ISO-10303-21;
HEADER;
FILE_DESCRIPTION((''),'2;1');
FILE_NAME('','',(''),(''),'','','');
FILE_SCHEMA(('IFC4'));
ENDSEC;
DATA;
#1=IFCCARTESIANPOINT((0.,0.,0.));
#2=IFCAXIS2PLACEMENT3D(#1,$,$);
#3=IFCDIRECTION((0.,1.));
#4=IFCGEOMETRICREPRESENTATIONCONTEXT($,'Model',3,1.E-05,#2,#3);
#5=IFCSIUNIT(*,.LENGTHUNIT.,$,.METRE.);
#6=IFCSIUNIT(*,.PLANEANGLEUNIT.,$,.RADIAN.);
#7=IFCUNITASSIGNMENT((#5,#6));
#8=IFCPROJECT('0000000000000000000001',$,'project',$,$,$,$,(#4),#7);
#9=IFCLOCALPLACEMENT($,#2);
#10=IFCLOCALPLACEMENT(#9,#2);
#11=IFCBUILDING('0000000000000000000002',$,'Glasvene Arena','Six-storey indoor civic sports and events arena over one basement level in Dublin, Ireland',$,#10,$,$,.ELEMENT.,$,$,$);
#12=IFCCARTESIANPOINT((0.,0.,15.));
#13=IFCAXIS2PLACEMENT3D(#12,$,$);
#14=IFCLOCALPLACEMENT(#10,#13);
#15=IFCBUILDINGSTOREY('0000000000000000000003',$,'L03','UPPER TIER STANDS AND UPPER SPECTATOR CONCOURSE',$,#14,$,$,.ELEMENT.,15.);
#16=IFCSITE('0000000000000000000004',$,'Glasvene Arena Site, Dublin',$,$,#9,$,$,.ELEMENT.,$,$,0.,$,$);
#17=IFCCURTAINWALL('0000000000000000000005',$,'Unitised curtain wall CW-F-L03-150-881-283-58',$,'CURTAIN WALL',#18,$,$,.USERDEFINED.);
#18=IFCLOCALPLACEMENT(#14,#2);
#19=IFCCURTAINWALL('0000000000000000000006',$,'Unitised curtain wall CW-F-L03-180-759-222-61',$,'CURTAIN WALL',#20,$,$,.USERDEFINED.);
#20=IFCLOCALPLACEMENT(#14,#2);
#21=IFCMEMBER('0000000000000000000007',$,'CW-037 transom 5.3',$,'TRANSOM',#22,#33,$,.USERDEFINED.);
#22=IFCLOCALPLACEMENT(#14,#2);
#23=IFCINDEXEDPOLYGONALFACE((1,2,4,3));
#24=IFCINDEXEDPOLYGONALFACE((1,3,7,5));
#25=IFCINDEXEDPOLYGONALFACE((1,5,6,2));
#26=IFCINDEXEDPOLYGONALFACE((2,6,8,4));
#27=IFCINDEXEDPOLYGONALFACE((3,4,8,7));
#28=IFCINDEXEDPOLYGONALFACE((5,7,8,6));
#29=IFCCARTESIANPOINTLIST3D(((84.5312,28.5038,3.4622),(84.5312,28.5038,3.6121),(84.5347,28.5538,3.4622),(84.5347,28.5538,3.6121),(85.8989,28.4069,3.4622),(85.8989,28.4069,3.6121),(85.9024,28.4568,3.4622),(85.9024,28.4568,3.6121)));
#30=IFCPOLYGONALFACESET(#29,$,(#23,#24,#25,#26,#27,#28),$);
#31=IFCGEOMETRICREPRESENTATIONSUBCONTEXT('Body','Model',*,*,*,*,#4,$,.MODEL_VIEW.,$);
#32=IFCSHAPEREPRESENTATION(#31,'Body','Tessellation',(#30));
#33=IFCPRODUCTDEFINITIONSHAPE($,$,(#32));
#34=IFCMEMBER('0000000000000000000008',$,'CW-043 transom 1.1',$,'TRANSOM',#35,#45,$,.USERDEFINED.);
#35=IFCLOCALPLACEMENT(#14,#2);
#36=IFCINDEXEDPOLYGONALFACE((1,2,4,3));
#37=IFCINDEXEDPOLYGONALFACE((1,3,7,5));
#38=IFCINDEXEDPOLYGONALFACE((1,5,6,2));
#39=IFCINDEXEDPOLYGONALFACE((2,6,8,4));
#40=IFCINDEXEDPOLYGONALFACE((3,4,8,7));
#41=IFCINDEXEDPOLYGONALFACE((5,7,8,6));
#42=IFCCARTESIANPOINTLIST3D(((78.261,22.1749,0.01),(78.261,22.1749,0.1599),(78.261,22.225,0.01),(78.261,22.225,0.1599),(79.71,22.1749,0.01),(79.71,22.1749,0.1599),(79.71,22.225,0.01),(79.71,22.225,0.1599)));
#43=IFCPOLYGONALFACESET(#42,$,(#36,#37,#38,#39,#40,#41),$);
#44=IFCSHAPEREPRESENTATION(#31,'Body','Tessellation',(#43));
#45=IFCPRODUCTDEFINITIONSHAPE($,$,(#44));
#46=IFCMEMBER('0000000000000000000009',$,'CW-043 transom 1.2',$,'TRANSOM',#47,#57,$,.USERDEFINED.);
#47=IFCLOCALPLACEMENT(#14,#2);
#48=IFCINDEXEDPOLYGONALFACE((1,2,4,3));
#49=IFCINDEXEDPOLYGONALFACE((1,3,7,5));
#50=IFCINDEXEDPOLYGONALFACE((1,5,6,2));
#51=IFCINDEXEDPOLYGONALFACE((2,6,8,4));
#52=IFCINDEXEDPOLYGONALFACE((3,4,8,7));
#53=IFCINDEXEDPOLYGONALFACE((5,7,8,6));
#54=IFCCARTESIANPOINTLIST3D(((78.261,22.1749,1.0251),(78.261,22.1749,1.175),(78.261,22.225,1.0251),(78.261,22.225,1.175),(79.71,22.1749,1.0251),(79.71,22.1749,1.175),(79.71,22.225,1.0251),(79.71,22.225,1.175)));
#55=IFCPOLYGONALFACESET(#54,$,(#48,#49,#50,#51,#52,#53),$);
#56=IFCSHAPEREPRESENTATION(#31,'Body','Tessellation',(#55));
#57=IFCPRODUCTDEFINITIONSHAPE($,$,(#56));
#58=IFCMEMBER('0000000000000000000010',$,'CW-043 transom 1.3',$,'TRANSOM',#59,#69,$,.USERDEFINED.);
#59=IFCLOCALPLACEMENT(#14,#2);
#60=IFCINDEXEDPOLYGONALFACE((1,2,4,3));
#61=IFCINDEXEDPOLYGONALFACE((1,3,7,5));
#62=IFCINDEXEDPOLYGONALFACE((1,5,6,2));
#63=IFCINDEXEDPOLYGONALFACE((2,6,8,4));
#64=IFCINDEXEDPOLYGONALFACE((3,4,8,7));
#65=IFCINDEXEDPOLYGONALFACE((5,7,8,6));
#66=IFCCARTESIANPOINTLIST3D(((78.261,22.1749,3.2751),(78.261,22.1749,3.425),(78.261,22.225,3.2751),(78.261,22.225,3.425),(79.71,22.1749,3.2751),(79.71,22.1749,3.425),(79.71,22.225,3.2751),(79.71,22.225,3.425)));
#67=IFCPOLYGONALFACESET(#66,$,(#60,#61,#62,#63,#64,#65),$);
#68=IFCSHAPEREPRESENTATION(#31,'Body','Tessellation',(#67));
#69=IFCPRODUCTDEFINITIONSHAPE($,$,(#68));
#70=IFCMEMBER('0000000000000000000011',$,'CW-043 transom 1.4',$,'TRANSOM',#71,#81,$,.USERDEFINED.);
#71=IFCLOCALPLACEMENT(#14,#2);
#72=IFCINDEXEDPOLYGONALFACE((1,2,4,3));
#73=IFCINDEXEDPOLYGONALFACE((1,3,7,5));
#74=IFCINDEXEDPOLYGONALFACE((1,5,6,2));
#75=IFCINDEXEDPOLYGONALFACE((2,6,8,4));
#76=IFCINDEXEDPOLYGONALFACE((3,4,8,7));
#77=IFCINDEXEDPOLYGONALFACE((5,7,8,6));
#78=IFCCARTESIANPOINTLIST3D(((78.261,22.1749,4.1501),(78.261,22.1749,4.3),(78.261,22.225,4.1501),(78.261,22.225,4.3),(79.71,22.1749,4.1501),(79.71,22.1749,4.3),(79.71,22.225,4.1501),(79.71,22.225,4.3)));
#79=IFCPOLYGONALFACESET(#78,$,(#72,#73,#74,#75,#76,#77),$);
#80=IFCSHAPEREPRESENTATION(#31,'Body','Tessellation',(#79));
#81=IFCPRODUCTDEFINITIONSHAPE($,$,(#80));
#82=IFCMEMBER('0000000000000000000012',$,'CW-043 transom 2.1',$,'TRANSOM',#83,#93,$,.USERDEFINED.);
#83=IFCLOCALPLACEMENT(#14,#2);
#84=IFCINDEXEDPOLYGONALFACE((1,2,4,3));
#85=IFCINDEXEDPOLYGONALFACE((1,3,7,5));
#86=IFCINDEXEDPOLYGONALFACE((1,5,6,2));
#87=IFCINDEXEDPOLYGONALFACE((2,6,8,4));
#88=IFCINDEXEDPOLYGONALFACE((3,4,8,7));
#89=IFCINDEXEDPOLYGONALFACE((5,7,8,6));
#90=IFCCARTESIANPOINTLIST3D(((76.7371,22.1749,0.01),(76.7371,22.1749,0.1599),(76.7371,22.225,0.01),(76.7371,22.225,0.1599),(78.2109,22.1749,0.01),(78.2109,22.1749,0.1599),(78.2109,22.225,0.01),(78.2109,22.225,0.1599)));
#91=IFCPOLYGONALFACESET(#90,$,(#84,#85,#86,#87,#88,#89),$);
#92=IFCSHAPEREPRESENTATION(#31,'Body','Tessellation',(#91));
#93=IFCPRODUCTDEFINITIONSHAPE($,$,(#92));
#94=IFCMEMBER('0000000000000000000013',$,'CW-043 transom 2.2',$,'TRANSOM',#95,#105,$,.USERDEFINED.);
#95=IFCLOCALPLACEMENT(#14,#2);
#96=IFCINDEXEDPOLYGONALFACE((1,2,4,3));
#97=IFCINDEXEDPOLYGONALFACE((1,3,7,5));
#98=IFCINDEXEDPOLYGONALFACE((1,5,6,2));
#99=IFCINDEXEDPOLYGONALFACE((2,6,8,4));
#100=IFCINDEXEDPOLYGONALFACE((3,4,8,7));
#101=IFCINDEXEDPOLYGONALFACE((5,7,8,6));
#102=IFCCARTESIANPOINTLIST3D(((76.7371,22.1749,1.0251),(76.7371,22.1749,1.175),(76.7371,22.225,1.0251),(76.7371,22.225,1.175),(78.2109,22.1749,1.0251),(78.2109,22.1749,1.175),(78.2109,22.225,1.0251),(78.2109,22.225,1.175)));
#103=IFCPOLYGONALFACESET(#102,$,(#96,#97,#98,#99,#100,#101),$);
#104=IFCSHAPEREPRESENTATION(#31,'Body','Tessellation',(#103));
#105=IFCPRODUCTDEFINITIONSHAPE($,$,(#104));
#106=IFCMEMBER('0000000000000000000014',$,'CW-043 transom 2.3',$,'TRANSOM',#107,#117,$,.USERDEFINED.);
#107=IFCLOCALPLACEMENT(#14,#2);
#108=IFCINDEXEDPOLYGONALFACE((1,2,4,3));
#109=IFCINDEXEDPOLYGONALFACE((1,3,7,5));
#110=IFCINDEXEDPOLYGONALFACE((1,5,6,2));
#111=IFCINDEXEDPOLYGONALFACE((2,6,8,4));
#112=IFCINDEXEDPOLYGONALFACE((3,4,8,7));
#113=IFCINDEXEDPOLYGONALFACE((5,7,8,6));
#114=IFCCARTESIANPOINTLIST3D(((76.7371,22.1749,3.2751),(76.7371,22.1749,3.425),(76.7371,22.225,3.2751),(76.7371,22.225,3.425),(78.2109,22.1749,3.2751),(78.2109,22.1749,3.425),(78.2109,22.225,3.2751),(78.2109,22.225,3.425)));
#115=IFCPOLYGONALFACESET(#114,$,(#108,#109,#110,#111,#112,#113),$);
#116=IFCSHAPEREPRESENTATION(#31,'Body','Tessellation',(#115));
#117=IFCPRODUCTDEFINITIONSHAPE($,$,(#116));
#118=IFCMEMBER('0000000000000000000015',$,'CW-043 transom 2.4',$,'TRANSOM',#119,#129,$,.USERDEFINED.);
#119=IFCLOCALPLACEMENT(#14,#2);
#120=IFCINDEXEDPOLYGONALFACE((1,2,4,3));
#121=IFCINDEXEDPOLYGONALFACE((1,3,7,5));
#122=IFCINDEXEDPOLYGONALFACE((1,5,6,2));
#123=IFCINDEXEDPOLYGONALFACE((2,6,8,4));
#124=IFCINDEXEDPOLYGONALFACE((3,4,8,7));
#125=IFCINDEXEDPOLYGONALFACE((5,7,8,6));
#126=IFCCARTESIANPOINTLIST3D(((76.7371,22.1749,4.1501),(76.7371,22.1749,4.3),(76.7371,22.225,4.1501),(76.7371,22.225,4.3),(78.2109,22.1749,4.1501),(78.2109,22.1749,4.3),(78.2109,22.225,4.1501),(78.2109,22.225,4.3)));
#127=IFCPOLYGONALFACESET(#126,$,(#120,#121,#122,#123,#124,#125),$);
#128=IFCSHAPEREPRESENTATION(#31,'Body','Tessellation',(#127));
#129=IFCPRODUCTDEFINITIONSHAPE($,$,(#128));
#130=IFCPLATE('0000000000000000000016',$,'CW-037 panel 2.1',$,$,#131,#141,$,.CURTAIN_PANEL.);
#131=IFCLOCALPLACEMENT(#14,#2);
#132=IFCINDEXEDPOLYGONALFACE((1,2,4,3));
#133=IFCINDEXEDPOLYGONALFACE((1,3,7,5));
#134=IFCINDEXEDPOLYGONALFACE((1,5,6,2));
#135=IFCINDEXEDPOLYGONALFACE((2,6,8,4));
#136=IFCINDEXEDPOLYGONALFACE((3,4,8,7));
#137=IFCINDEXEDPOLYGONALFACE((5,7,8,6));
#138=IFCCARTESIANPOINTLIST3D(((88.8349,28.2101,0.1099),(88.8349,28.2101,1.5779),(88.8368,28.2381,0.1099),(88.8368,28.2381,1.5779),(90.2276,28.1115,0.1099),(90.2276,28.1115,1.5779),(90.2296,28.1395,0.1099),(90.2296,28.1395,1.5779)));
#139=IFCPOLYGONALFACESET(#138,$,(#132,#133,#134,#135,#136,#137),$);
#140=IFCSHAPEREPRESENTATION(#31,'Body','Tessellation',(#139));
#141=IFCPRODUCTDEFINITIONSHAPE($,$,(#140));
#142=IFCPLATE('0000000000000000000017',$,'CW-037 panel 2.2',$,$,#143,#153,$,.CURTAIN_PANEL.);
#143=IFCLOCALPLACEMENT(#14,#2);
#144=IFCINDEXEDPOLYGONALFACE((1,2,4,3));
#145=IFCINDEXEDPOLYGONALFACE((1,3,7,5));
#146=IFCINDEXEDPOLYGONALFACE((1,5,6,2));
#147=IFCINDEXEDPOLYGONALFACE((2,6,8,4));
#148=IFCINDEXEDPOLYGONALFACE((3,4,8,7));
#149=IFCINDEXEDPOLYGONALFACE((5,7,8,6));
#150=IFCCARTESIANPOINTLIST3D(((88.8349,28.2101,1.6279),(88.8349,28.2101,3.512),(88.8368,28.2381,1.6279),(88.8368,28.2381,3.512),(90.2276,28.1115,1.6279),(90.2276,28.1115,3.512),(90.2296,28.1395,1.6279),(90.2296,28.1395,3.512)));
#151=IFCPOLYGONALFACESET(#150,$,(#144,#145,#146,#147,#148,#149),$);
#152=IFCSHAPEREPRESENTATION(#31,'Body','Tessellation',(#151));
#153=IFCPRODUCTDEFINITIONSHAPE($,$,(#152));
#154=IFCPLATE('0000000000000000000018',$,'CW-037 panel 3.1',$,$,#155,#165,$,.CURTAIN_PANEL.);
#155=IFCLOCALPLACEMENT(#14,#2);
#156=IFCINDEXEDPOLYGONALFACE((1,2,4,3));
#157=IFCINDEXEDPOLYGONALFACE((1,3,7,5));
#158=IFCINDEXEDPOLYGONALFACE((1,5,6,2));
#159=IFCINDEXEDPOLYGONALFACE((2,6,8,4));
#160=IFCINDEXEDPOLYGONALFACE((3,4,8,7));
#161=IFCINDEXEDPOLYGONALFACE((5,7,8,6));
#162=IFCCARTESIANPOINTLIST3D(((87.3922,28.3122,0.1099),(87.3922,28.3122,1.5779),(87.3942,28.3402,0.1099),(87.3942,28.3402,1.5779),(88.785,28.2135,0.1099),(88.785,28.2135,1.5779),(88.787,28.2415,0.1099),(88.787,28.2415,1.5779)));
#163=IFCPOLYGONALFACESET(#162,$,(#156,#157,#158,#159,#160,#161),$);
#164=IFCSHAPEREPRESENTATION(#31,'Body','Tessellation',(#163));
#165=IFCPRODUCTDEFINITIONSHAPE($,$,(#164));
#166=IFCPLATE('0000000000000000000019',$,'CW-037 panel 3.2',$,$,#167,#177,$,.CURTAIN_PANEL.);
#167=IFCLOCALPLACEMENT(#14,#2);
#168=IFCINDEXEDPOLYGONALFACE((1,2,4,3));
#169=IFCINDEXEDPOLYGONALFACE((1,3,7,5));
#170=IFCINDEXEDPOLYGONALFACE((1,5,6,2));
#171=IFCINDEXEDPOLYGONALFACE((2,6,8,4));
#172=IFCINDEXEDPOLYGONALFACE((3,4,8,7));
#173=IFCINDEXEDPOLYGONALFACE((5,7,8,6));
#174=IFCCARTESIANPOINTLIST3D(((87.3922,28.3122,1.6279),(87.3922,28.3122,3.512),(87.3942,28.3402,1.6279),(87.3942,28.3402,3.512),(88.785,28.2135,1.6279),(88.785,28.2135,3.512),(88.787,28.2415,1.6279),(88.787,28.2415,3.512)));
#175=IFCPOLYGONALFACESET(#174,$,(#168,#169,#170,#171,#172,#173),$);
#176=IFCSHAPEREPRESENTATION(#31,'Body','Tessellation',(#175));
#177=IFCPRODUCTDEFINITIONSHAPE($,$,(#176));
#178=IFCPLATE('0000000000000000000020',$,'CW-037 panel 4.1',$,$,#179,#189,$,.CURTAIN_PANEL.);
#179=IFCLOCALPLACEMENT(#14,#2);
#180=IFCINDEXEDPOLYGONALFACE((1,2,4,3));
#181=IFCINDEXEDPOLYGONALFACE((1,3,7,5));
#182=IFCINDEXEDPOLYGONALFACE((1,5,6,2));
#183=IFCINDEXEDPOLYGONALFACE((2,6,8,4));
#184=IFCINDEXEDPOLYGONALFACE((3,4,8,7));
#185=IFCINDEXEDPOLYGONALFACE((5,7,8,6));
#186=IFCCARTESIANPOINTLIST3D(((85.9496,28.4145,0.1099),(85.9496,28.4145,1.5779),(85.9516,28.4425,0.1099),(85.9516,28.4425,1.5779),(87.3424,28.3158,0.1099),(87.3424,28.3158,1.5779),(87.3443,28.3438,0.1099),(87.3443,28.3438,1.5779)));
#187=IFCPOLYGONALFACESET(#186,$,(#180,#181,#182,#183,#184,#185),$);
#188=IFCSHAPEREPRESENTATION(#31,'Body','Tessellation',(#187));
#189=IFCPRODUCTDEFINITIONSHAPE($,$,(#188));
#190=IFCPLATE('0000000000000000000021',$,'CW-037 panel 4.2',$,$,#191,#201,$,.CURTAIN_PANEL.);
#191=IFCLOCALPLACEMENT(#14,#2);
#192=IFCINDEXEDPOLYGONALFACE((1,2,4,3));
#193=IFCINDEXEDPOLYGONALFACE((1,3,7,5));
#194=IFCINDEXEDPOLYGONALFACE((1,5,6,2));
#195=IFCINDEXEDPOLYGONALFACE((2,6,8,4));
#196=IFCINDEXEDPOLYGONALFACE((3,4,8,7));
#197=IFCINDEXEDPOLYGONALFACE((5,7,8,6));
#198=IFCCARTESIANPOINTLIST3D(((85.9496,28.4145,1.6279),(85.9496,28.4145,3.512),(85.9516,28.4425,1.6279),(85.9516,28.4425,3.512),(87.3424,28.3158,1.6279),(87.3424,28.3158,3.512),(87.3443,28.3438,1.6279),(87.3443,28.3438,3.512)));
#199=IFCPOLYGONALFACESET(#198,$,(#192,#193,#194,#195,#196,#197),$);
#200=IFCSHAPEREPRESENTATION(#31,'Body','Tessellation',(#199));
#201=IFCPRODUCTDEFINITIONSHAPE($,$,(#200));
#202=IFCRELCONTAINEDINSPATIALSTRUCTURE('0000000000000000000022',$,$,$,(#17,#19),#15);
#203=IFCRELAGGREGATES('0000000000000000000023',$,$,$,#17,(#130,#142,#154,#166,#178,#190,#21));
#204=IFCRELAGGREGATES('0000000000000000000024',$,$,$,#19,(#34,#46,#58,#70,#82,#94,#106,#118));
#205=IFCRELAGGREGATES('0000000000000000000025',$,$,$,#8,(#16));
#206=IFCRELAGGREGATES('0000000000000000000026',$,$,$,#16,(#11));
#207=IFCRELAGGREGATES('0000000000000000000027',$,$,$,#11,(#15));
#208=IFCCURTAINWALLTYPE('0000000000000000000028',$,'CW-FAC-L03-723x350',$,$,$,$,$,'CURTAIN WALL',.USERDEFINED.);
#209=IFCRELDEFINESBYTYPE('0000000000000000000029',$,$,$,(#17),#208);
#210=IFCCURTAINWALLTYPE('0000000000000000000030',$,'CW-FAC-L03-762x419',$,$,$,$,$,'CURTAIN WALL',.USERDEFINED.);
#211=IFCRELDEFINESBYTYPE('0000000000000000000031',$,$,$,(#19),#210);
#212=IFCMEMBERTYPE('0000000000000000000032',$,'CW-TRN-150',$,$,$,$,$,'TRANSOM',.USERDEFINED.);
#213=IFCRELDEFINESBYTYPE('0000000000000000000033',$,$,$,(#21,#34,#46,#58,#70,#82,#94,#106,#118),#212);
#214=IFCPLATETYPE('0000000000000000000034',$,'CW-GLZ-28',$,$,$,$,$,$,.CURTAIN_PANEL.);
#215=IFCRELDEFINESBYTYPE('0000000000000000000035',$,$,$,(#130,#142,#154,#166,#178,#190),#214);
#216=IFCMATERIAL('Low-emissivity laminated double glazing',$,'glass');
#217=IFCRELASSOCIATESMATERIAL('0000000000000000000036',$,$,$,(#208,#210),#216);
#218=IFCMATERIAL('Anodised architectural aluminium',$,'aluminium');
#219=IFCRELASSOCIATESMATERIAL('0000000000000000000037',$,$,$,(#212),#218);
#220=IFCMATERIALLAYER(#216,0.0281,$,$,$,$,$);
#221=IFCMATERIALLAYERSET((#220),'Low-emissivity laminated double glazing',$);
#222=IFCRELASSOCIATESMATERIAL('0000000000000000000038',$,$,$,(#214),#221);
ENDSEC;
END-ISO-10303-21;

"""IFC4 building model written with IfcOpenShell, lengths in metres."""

from ifc_helpers import new_model, si_unit, direction, frame, origin, origin_2d, place, context, subcontext, project, spatial, rectangle, extrude, material, layer, layer_set, material_profile, profile_set, type_object, element, aggregate, save


model = new_model("IFC4")

# Units and contexts
model_context = context("Model", 3, precision=1e-05, world=origin(), true_north=direction((0.0, 1.0)))
body_context = subcontext(model_context, "Body", "Model", "MODEL_VIEW")
ifc_project = project(units=[si_unit("LENGTHUNIT", "METRE"), si_unit("PLANEANGLEUNIT", "RADIAN")], contexts=[model_context])

# Site, building, storey
site_placement = place(None, origin())
site = spatial("IfcSite", under=ifc_project, at=site_placement, Name="Glasvene Arena Site, Dublin", CompositionType="ELEMENT", RefElevation=0.0)
building_placement = place(site_placement, origin())
building = spatial("IfcBuilding", under=site, at=building_placement, Name="Glasvene Arena", Description="Six-storey indoor civic sports and events arena over one basement level in Dublin, Ireland", CompositionType="ELEMENT")
storey_placement = place(building_placement, frame((0.0, 0.0, 15.0)))
storey = spatial("IfcBuildingStorey", under=building, at=storey_placement, Name="L03", Description="UPPER TIER STANDS AND UPPER SPECTATOR CONCOURSE", CompositionType="ELEMENT", Elevation=15.0)

# Curtain walls
ifc_material_1 = material(Name="Low-emissivity laminated double glazing", Category="glass")
curtain_wall_type_1 = type_object("IfcCurtainWallType", Name="CW-FAC-L03-723x350", ElementType="CURTAIN WALL", PredefinedType="USERDEFINED", material=ifc_material_1)
curtain_wall_1_placement = place(storey_placement, frame((91.696, 28.0215, 0.0)))
curtain_wall_1 = element("IfcCurtainWall", 1, at=curtain_wall_1_placement, inside=storey, type_object=curtain_wall_type_1, Name="Unitised curtain wall CW-F-L03-150-881-283-58", ObjectType="CURTAIN WALL", PredefinedType="USERDEFINED")
ifc_material_2 = material(Name="Anodised architectural aluminium", Category="aluminium")
curtain_wall_type_2 = type_object("IfcCurtainWallType", Name="CW-FAC-L03-762x419", ElementType="CURTAIN WALL", PredefinedType="USERDEFINED", material=ifc_material_1)
curtain_wall_2_placement = place(storey_placement, frame((79.76, 22.2, 0.0)))
curtain_wall_2 = element("IfcCurtainWall", 2, at=curtain_wall_2_placement, inside=storey, type_object=curtain_wall_type_2, Name="Unitised curtain wall CW-F-L03-180-759-222-61", ObjectType="CURTAIN WALL", PredefinedType="USERDEFINED")

# Members
ifc_material_profile_1 = material_profile(ifc_material_2, rectangle(XDim=0.05, YDim=0.1499, at=origin_2d()), Name="ALU TRANSOM 50x150")
ifc_profile_set_1 = profile_set([ifc_material_profile_1], Name="Anodised architectural aluminium")
member_type_1 = type_object("IfcMemberType", Name="CW-TRN-150", ElementType="TRANSOM", PredefinedType="USERDEFINED", material=ifc_profile_set_1)
member_1_placement = place(storey_placement, frame((85.9006, 28.4319, 3.5371), z_axis=(-0.997498, 0.07069, 0.0), x_axis=(-0.07069, -0.997498, 0.0)))
member_1 = element("IfcMember", 3, at=member_1_placement, type_object=member_type_1, Name="CW-037 transom 5.3", ObjectType="TRANSOM", PredefinedType="USERDEFINED", context=body_context, shape_type="SweptSolid", body=[
    extrude(rectangle(XDim=0.05, YDim=0.1499, at=origin_2d()), origin(), (0.0, 0.0, 1.0), 1.3711),
])
member_2_placement = place(storey_placement, frame((79.71, 22.2, 0.085), z_axis=(-1.0, 0.0, 0.0), x_axis=(0.0, -1.0, 0.0)))
member_2 = element("IfcMember", 4, at=member_2_placement, type_object=member_type_1, Name="CW-043 transom 1.1", ObjectType="TRANSOM", PredefinedType="USERDEFINED", context=body_context, shape_type="SweptSolid", body=[
    extrude(rectangle(XDim=0.05, YDim=0.1499, at=origin_2d()), origin(), (0.0, 0.0, 1.0), 1.449),
])
member_3_placement = place(storey_placement, frame((79.71, 22.2, 1.1001), z_axis=(-1.0, 0.0, 0.0), x_axis=(0.0, -1.0, 0.0)))
member_3 = element("IfcMember", 5, at=member_3_placement, type_object=member_type_1, Name="CW-043 transom 1.2", ObjectType="TRANSOM", PredefinedType="USERDEFINED", context=body_context, shape_type="SweptSolid", body=[
    extrude(rectangle(XDim=0.05, YDim=0.1499, at=origin_2d()), origin(), (0.0, 0.0, 1.0), 1.449),
])
member_4_placement = place(storey_placement, frame((79.71, 22.2, 3.3501), z_axis=(-1.0, 0.0, 0.0), x_axis=(0.0, -1.0, 0.0)))
member_4 = element("IfcMember", 6, at=member_4_placement, type_object=member_type_1, Name="CW-043 transom 1.3", ObjectType="TRANSOM", PredefinedType="USERDEFINED", context=body_context, shape_type="SweptSolid", body=[
    extrude(rectangle(XDim=0.05, YDim=0.1499, at=origin_2d()), origin(), (0.0, 0.0, 1.0), 1.449),
])
member_5_placement = place(storey_placement, frame((79.71, 22.2, 4.2251), z_axis=(-1.0, 0.0, 0.0), x_axis=(0.0, -1.0, 0.0)))
member_5 = element("IfcMember", 7, at=member_5_placement, type_object=member_type_1, Name="CW-043 transom 1.4", ObjectType="TRANSOM", PredefinedType="USERDEFINED", context=body_context, shape_type="SweptSolid", body=[
    extrude(rectangle(XDim=0.05, YDim=0.1499, at=origin_2d()), origin(), (0.0, 0.0, 1.0), 1.449),
])
member_6_placement = place(storey_placement, frame((78.2109, 22.2, 0.085), z_axis=(-1.0, 0.0, 0.0), x_axis=(0.0, -1.0, 0.0)))
member_6 = element("IfcMember", 8, at=member_6_placement, type_object=member_type_1, Name="CW-043 transom 2.1", ObjectType="TRANSOM", PredefinedType="USERDEFINED", context=body_context, shape_type="SweptSolid", body=[
    extrude(rectangle(XDim=0.05, YDim=0.1499, at=origin_2d()), origin(), (0.0, 0.0, 1.0), 1.4739),
])
member_7_placement = place(storey_placement, frame((78.2109, 22.2, 1.1001), z_axis=(-1.0, 0.0, 0.0), x_axis=(0.0, -1.0, 0.0)))
member_7 = element("IfcMember", 9, at=member_7_placement, type_object=member_type_1, Name="CW-043 transom 2.2", ObjectType="TRANSOM", PredefinedType="USERDEFINED", context=body_context, shape_type="SweptSolid", body=[
    extrude(rectangle(XDim=0.05, YDim=0.1499, at=origin_2d()), origin(), (0.0, 0.0, 1.0), 1.4739),
])
member_8_placement = place(storey_placement, frame((78.2109, 22.2, 3.3501), z_axis=(-1.0, 0.0, 0.0), x_axis=(0.0, -1.0, 0.0)))
member_8 = element("IfcMember", 10, at=member_8_placement, type_object=member_type_1, Name="CW-043 transom 2.3", ObjectType="TRANSOM", PredefinedType="USERDEFINED", context=body_context, shape_type="SweptSolid", body=[
    extrude(rectangle(XDim=0.05, YDim=0.1499, at=origin_2d()), origin(), (0.0, 0.0, 1.0), 1.4739),
])
member_9_placement = place(storey_placement, frame((78.2109, 22.2, 4.2251), z_axis=(-1.0, 0.0, 0.0), x_axis=(0.0, -1.0, 0.0)))
member_9 = element("IfcMember", 11, at=member_9_placement, type_object=member_type_1, Name="CW-043 transom 2.4", ObjectType="TRANSOM", PredefinedType="USERDEFINED", context=body_context, shape_type="SweptSolid", body=[
    extrude(rectangle(XDim=0.05, YDim=0.1499, at=origin_2d()), origin(), (0.0, 0.0, 1.0), 1.4739),
])

# Plates
ifc_layer_1 = layer(ifc_material_1, 0.0281)
ifc_layer_set_1 = layer_set([ifc_layer_1], Name="Low-emissivity laminated double glazing")
plate_type = type_object("IfcPlateType", Name="CW-GLZ-28", PredefinedType="CURTAIN_PANEL", material=ifc_layer_set_1)
plate_1_placement = place(storey_placement, frame((89.5322, 28.1748, 0.1099), z_axis=(0.0, 0.0, 1.0), x_axis=(-0.997501, 0.070652, 0.0)))
plate_1 = element("IfcPlate", 12, at=plate_1_placement, type_object=plate_type, Name="CW-037 panel 2.1", PredefinedType="CURTAIN_PANEL", context=body_context, shape_type="SweptSolid", body=[
    extrude(rectangle(XDim=1.3962, YDim=0.0281, at=origin_2d()), origin(), (0.0, 0.0, 1.0), 1.468),
])
plate_2_placement = place(storey_placement, frame((89.5322, 28.1748, 1.6279), z_axis=(0.0, 0.0, 1.0), x_axis=(-0.997501, 0.070652, 0.0)))
plate_2 = element("IfcPlate", 13, at=plate_2_placement, type_object=plate_type, Name="CW-037 panel 2.2", PredefinedType="CURTAIN_PANEL", context=body_context, shape_type="SweptSolid", body=[
    extrude(rectangle(XDim=1.3962, YDim=0.0281, at=origin_2d()), origin(), (0.0, 0.0, 1.0), 1.884),
])
plate_3_placement = place(storey_placement, frame((88.0896, 28.2769, 0.1099), z_axis=(0.0, 0.0, 1.0), x_axis=(-0.997501, 0.070652, 0.0)))
plate_3 = element("IfcPlate", 14, at=plate_3_placement, type_object=plate_type, Name="CW-037 panel 3.1", PredefinedType="CURTAIN_PANEL", context=body_context, shape_type="SweptSolid", body=[
    extrude(rectangle(XDim=1.3962, YDim=0.0281, at=origin_2d()), origin(), (0.0, 0.0, 1.0), 1.468),
])
plate_4_placement = place(storey_placement, frame((88.0896, 28.2769, 1.6279), z_axis=(0.0, 0.0, 1.0), x_axis=(-0.997501, 0.070652, 0.0)))
plate_4 = element("IfcPlate", 15, at=plate_4_placement, type_object=plate_type, Name="CW-037 panel 3.2", PredefinedType="CURTAIN_PANEL", context=body_context, shape_type="SweptSolid", body=[
    extrude(rectangle(XDim=1.3962, YDim=0.0281, at=origin_2d()), origin(), (0.0, 0.0, 1.0), 1.884),
])
plate_5_placement = place(storey_placement, frame((86.647, 28.3792, 0.1099), z_axis=(0.0, 0.0, 1.0), x_axis=(-0.997501, 0.070652, 0.0)))
plate_5 = element("IfcPlate", 16, at=plate_5_placement, type_object=plate_type, Name="CW-037 panel 4.1", PredefinedType="CURTAIN_PANEL", context=body_context, shape_type="SweptSolid", body=[
    extrude(rectangle(XDim=1.3962, YDim=0.0281, at=origin_2d()), origin(), (0.0, 0.0, 1.0), 1.468),
])
plate_6_placement = place(storey_placement, frame((86.647, 28.3792, 1.6279), z_axis=(0.0, 0.0, 1.0), x_axis=(-0.997501, 0.070652, 0.0)))
plate_6 = element("IfcPlate", 17, at=plate_6_placement, type_object=plate_type, Name="CW-037 panel 4.2", PredefinedType="CURTAIN_PANEL", context=body_context, shape_type="SweptSolid", body=[
    extrude(rectangle(XDim=1.3962, YDim=0.0281, at=origin_2d()), origin(), (0.0, 0.0, 1.0), 1.884),
])
aggregate(curtain_wall_1, [plate_1, plate_2, plate_3, plate_4, plate_5, plate_6, member_1])
aggregate(curtain_wall_2, [member_2, member_3, member_4, member_5, member_6, member_7, member_8, member_9])

save(model, "model.ifc")
